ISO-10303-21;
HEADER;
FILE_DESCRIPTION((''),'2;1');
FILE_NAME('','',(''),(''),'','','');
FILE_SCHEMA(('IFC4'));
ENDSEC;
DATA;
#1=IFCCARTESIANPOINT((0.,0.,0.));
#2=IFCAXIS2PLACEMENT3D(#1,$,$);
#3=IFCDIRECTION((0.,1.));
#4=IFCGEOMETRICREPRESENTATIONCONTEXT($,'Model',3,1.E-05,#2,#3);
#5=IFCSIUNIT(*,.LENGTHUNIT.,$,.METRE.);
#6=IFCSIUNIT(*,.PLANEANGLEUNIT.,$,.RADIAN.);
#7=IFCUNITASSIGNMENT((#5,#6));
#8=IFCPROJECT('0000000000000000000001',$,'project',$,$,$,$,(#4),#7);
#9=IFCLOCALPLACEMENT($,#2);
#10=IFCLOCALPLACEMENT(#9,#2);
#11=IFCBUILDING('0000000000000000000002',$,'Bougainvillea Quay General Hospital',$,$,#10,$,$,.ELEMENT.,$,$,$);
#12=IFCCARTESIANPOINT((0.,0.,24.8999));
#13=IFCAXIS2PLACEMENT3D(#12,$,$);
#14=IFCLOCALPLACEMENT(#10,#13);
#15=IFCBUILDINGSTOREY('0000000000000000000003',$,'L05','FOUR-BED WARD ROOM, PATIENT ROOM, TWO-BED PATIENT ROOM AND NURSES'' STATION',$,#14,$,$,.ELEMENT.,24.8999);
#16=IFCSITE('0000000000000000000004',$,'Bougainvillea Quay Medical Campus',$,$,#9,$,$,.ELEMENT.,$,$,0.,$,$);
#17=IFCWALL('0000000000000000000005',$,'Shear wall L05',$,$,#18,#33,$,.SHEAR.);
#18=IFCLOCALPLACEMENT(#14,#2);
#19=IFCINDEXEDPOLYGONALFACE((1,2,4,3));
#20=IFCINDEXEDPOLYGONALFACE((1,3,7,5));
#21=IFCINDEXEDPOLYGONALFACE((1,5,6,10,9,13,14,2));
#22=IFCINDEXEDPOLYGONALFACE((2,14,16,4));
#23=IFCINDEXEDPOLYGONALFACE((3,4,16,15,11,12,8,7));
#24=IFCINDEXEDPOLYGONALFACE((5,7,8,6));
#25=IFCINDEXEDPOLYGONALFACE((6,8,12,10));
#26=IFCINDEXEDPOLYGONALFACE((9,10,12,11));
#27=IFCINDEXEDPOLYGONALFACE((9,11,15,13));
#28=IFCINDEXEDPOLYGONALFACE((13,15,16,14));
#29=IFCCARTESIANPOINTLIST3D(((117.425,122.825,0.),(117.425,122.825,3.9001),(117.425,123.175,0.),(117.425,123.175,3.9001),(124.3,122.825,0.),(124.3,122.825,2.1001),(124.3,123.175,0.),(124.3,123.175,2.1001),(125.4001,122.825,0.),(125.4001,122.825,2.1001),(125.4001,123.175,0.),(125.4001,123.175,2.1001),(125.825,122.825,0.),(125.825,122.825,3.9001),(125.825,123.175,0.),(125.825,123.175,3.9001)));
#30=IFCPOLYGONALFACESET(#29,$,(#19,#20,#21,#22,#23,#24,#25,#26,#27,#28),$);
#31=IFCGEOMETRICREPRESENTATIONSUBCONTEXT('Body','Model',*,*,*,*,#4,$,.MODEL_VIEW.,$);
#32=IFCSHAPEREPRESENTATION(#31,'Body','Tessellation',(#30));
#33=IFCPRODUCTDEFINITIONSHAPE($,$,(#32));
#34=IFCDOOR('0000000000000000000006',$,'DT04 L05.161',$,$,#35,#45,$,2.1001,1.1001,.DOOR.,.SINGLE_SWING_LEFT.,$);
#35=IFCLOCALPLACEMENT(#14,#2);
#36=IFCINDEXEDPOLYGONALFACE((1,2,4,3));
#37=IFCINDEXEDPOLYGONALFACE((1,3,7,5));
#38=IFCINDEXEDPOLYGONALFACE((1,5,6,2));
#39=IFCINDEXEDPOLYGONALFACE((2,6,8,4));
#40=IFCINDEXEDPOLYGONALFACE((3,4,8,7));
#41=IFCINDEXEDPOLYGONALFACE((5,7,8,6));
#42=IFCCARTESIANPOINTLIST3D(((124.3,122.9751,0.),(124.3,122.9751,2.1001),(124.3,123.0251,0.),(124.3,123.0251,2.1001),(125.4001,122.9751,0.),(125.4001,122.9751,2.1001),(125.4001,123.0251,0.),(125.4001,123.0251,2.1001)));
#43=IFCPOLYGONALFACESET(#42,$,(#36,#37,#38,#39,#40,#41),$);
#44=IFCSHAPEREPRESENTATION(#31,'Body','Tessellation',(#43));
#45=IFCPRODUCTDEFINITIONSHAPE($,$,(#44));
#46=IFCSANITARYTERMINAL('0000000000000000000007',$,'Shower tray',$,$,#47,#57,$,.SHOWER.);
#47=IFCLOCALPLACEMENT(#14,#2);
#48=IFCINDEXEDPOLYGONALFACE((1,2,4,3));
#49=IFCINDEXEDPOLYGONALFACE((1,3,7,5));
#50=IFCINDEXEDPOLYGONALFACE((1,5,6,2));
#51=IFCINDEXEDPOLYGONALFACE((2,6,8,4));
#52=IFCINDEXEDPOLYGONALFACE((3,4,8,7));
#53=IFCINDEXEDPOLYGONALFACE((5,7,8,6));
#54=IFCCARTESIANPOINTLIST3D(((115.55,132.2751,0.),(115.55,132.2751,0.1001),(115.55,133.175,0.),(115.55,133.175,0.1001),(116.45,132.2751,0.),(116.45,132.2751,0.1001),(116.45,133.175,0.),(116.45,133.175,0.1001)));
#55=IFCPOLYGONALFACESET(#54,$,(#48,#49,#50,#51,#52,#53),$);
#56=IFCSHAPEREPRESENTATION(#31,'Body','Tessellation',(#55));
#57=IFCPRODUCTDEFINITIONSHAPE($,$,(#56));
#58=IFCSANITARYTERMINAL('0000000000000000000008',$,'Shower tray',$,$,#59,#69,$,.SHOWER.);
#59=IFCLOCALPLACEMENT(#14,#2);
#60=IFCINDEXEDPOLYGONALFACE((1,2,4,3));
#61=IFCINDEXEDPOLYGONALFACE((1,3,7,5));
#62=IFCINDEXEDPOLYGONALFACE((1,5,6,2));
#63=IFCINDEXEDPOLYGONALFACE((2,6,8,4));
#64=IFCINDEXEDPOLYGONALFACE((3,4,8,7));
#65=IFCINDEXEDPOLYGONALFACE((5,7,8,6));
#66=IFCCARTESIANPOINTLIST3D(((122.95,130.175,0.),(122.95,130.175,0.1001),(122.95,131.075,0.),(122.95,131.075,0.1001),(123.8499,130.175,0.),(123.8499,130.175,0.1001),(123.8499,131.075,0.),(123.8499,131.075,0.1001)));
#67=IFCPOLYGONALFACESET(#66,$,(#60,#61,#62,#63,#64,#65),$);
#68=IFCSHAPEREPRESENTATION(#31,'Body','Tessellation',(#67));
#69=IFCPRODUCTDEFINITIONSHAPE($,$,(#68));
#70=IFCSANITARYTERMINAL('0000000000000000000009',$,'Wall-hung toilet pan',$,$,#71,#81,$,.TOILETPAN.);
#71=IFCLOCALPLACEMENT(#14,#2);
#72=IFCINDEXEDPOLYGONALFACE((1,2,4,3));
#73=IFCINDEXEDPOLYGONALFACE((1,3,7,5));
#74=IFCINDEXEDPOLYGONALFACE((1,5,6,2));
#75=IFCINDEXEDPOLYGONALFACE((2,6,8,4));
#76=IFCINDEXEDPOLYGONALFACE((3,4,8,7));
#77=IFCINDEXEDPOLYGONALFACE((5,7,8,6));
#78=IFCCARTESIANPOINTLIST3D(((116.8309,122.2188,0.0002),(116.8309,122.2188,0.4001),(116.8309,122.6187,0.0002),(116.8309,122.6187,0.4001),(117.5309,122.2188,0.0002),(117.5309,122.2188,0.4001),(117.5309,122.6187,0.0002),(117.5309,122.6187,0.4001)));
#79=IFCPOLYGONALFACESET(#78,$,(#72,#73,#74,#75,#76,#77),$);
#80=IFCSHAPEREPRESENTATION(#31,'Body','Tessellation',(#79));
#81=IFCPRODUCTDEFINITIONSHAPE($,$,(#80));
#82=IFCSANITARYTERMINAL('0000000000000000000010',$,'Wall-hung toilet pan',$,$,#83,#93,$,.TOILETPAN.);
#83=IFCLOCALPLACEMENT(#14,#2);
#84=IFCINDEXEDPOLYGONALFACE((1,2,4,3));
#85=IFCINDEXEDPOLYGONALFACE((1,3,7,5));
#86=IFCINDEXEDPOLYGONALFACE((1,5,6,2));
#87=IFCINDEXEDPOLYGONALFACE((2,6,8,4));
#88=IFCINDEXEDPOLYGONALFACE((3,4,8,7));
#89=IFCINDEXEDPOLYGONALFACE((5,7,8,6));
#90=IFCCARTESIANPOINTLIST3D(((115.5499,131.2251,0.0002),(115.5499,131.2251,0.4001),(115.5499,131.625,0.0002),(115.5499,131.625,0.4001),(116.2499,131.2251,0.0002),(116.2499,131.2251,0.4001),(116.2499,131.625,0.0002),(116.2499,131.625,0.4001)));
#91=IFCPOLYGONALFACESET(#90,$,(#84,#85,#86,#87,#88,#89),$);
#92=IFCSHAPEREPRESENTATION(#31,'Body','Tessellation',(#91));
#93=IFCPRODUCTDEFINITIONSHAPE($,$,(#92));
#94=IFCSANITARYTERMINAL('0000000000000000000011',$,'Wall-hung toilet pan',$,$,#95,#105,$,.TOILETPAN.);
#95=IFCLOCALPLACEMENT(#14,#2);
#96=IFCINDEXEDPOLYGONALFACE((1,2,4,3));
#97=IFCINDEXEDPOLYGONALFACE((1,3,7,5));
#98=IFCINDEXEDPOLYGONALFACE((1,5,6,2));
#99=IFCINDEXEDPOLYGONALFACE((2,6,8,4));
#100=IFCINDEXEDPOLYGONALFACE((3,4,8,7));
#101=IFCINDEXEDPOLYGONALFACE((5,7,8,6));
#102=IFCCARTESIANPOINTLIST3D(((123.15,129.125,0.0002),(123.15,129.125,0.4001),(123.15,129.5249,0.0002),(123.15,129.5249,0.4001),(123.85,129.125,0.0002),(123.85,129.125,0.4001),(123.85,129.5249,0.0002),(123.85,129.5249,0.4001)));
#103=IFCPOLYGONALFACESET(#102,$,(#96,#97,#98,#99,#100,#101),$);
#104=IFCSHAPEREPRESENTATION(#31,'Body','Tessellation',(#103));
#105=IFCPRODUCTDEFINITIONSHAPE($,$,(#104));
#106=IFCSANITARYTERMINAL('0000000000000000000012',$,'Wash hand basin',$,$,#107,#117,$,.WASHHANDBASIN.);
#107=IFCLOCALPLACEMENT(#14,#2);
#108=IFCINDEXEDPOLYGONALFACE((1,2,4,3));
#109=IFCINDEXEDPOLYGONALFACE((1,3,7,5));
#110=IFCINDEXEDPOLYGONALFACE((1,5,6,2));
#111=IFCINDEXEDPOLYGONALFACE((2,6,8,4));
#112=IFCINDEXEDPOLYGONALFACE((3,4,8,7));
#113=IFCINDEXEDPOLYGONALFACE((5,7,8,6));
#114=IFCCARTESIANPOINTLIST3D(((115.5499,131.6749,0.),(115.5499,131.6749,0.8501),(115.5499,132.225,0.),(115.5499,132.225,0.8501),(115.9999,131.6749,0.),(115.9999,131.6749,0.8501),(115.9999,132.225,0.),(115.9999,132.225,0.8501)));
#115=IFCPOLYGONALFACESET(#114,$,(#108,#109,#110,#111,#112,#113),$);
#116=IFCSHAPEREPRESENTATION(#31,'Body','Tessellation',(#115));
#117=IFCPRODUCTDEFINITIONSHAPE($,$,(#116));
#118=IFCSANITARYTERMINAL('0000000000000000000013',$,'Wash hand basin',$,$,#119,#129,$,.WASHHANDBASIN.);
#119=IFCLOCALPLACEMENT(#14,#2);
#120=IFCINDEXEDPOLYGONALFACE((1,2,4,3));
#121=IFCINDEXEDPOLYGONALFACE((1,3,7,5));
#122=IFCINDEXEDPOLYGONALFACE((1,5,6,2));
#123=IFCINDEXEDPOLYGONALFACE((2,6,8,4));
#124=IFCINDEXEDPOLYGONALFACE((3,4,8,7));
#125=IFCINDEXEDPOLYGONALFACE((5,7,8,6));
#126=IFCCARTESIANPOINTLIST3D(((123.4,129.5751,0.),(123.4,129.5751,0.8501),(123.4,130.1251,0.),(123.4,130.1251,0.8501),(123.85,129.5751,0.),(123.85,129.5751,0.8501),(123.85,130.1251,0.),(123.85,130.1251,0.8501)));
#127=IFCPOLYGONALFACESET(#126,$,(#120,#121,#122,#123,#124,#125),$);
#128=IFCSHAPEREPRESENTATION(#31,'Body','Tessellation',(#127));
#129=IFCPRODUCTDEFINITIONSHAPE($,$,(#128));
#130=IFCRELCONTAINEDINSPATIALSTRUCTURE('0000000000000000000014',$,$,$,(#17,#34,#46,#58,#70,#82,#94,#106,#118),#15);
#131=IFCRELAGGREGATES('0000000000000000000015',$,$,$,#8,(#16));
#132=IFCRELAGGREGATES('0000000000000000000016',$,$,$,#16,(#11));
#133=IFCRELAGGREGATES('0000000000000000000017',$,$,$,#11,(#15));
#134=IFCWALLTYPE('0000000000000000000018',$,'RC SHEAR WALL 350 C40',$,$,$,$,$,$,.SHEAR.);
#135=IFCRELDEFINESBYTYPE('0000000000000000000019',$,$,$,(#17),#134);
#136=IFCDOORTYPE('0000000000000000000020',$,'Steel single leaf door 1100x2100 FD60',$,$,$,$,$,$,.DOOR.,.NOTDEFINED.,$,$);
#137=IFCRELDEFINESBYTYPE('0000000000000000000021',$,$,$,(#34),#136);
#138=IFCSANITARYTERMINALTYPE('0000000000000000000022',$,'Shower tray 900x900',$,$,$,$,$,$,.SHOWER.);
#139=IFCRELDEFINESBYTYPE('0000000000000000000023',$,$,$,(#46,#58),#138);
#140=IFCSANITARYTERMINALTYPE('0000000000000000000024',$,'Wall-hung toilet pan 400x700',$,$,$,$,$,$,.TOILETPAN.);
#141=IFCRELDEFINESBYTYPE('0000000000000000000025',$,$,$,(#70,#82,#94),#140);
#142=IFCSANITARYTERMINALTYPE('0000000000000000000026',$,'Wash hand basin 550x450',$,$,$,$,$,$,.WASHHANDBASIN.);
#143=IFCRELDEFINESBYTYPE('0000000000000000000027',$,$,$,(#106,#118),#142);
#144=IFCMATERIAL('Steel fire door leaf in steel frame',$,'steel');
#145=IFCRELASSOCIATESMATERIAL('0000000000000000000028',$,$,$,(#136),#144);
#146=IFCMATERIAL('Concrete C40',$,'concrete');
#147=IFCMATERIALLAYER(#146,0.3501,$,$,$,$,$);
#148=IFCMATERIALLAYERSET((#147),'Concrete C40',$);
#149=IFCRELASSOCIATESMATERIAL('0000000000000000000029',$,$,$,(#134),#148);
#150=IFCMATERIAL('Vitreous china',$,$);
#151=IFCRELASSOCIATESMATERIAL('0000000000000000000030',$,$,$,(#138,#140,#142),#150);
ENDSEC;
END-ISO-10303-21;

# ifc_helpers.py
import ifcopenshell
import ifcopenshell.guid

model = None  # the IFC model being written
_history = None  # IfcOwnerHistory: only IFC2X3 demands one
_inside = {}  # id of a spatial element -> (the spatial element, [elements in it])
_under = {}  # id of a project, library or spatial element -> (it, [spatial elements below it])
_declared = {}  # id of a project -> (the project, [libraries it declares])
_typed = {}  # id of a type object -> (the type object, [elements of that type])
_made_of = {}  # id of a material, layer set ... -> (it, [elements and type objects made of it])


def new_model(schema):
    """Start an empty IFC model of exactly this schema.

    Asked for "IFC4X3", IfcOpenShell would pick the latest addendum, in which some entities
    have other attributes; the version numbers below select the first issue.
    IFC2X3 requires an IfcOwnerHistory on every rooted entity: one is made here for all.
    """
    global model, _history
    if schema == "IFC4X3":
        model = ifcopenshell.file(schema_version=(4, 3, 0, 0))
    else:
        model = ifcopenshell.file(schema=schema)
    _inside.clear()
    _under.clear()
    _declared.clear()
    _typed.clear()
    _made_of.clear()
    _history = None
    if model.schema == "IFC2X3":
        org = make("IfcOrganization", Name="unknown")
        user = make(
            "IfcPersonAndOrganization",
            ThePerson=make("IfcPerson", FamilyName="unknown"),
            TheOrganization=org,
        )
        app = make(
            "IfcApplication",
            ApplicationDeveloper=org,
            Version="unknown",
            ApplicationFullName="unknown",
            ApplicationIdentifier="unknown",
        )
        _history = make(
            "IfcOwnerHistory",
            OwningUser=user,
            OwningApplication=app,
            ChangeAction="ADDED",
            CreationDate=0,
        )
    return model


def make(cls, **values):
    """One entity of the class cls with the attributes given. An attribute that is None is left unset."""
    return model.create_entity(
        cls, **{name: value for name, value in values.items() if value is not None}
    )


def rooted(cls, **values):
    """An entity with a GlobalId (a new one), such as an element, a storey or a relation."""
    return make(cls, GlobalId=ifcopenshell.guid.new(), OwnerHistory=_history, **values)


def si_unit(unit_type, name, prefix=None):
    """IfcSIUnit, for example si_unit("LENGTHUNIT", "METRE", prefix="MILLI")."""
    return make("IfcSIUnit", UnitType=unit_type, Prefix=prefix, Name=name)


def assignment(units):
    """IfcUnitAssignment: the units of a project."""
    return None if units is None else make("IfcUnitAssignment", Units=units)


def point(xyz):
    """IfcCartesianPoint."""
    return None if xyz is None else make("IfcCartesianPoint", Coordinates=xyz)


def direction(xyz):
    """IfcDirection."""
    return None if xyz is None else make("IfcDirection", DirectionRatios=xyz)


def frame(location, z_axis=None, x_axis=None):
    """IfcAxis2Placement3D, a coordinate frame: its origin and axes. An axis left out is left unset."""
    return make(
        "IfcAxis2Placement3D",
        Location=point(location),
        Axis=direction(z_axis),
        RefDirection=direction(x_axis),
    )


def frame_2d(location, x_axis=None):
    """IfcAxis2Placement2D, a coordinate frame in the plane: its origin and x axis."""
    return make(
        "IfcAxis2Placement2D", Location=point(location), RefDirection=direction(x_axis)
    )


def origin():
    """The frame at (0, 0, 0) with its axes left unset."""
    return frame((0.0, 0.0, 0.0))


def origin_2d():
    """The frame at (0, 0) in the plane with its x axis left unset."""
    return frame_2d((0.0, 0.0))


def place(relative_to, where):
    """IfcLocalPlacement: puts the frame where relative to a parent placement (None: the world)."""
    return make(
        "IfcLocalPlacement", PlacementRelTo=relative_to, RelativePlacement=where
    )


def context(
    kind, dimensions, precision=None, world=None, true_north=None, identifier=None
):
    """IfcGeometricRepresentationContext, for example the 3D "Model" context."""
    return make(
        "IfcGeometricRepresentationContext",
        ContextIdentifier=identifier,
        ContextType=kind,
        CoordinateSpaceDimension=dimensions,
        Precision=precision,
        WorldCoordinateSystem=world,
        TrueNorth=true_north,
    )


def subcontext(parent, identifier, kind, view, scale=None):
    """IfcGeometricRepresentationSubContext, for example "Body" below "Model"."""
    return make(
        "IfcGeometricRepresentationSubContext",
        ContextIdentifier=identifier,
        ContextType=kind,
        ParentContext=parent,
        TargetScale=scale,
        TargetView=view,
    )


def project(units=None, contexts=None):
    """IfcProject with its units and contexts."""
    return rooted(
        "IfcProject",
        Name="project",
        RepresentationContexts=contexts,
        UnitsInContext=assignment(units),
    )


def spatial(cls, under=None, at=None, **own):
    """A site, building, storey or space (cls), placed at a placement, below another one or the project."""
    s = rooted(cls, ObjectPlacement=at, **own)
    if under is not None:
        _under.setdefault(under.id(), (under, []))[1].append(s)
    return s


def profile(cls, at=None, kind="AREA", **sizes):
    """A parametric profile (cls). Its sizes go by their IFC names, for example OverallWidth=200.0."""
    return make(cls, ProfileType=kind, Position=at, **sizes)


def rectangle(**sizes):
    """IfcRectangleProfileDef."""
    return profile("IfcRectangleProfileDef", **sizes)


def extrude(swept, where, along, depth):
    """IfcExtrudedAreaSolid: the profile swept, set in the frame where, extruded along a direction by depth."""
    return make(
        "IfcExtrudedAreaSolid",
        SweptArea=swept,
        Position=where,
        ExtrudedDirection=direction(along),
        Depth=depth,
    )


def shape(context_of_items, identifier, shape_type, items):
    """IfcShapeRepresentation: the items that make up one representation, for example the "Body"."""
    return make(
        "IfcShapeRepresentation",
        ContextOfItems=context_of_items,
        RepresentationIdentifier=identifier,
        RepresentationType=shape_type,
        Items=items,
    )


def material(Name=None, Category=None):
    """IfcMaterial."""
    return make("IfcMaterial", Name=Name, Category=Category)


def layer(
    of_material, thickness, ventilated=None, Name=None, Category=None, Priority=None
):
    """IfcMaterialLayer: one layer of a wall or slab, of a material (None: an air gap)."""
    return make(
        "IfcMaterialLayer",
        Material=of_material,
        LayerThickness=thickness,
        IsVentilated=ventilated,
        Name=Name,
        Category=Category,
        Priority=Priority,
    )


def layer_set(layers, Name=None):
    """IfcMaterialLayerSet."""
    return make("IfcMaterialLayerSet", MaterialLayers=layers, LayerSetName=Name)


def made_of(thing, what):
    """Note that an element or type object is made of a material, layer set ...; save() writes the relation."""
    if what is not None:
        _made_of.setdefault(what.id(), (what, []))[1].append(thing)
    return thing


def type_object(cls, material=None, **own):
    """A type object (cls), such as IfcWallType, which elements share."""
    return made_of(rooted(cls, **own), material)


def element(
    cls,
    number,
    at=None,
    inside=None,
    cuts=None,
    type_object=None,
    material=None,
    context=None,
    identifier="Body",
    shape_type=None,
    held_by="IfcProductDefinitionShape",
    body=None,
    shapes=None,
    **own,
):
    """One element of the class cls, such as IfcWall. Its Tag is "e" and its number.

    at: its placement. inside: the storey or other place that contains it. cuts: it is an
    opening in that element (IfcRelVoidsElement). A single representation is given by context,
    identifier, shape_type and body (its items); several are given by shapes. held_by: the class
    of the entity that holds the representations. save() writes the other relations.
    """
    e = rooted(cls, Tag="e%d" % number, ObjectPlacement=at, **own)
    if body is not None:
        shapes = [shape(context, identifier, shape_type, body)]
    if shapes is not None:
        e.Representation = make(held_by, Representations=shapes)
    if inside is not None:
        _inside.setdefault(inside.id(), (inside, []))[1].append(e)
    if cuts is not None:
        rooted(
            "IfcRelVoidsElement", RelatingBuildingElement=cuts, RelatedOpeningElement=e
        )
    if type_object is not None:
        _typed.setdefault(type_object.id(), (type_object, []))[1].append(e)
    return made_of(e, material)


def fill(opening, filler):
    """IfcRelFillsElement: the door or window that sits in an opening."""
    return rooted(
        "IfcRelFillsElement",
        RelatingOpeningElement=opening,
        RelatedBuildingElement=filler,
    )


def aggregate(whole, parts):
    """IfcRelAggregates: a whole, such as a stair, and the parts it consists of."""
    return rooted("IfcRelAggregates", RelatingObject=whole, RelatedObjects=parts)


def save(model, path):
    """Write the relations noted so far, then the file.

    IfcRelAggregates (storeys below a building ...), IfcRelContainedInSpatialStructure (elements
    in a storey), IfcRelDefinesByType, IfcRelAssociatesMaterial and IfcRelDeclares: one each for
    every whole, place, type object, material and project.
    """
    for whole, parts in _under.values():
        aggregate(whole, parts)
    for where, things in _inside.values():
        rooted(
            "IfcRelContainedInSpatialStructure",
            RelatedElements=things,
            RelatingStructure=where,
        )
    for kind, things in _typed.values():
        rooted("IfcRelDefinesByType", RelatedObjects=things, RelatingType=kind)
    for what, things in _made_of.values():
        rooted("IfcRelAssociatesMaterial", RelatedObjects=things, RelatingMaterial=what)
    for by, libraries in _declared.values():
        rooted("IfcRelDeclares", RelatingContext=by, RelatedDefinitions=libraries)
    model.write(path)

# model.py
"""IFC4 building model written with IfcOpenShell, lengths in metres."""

from ifc_helpers import new_model, si_unit, direction, frame, frame_2d, origin, origin_2d, place, context, subcontext, project, spatial, rectangle, extrude, material, layer, layer_set, type_object, element, fill, save


model = new_model("IFC4")

# Units and contexts
model_context = context("Model", 3, precision=1e-05, world=origin(), true_north=direction((0.0, 1.0)))
body_context = subcontext(model_context, "Body", "Model", "MODEL_VIEW")
ifc_project = project(units=[si_unit("LENGTHUNIT", "METRE"), si_unit("PLANEANGLEUNIT", "RADIAN")], contexts=[model_context])

# Site, building, storey
site_placement = place(None, origin())
site = spatial("IfcSite", under=ifc_project, at=site_placement, Name="Bougainvillea Quay Medical Campus", CompositionType="ELEMENT", RefElevation=0.0)
building_placement = place(site_placement, origin())
building = spatial("IfcBuilding", under=site, at=building_placement, Name="Bougainvillea Quay General Hospital", CompositionType="ELEMENT")
storey_placement = place(building_placement, frame((0.0, 0.0, 24.8999)))
storey = spatial("IfcBuildingStorey", under=building, at=storey_placement, Name="L05", Description="FOUR-BED WARD ROOM, PATIENT ROOM, TWO-BED PATIENT ROOM AND NURSES' STATION", CompositionType="ELEMENT", Elevation=24.8999)

# Shared definitions
ifc_material_1 = material(Name="Concrete C40", Category="concrete")

# Shared definitions
ifc_material_2 = material(Name="Steel fire door leaf in steel frame", Category="steel")
door_type_1 = type_object("IfcDoorType", Name="Steel single leaf door 1100x2100 FD60", OperationType="NOTDEFINED", PredefinedType="DOOR", material=ifc_material_2)

# Wall, opening, door
ifc_layer_1 = layer(ifc_material_1, 0.3501)
ifc_layer_set_1 = layer_set([ifc_layer_1], Name="Concrete C40")
wall_type_1 = type_object("IfcWallType", Name="RC SHEAR WALL 350 C40", PredefinedType="SHEAR", material=ifc_layer_set_1)
wall_1_placement = place(storey_placement, frame((117.425, 123.0, 0.0), z_axis=(0.0, 0.0, 1.0), x_axis=(1.0, 0.0, 0.0)))
wall_1 = element("IfcWall", 1, at=wall_1_placement, inside=storey, type_object=wall_type_1, Name="Shear wall L05", PredefinedType="SHEAR", context=body_context, shape_type="SweptSolid", body=[
    extrude(rectangle(XDim=8.3999, YDim=0.3501, at=frame_2d((4.2, 0.0))), origin(), (0.0, 0.0, 1.0), 3.9001),
])
opening_1_placement = place(wall_1_placement, frame((6.875, 0.0, 0.0)))
opening_1 = element("IfcOpeningElement", 2, at=opening_1_placement, cuts=wall_1, PredefinedType="OPENING", context=body_context, shape_type="SweptSolid", body=[
    extrude(rectangle(XDim=1.1001, YDim=2.1001, at=frame_2d((0.55, 1.05))), frame((0.0, 0.1851, 0.0), z_axis=(0.0, -1.0, 0.0), x_axis=(1.0, 0.0, 0.0)), (0.0, 0.0, 1.0), 0.3701),
])
door_1_placement = place(opening_1_placement, frame((1.1001, 0.0, 0.0), z_axis=(0.0, 0.0, 1.0), x_axis=(-1.0, 0.0, 0.0)))
door_1 = element("IfcDoor", 3, at=door_1_placement, inside=storey, type_object=door_type_1, Name="DT04 L05.161", OperationType="SINGLE_SWING_LEFT", OverallHeight=2.1001, OverallWidth=1.1001, PredefinedType="DOOR", context=body_context, shape_type="SweptSolid", body=[
    extrude(rectangle(XDim=1.1001, YDim=2.1001, at=frame_2d((0.55, 1.05))), frame((0.0, 0.0249, 0.0), z_axis=(0.0, -1.0, 0.0), x_axis=(1.0, 0.0, 0.0)), (0.0, 0.0, 1.0), 0.05),
])
fill(opening_1, door_1)

# Sanitary terminals
ifc_material_3 = material(Name="Vitreous china")
sanitary_terminal_type_1 = type_object("IfcSanitaryTerminalType", Name="Shower tray 900x900", PredefinedType="SHOWER", material=ifc_material_3)
for number, where, z_axis, x_axis, name in (
    (4, (116.0, 132.7251, 0.0), (0.0, 0.0, 1.0), (0.0, 1.0, 0.0), "Shower tray"),
    (5, (123.3999, 130.625, 0.0), (0.0, 0.0, 1.0), (0.0, -1.0, 0.0), "Shower tray"),
):
    element("IfcSanitaryTerminal", number, at=place(storey_placement, frame(where, z_axis=z_axis, x_axis=x_axis)), inside=storey, type_object=sanitary_terminal_type_1, Name=name, PredefinedType="SHOWER", context=body_context, shape_type="SweptSolid", body=[
        extrude(rectangle(XDim=0.8999, YDim=0.8999, at=origin_2d()), origin(), (0.0, 0.0, 1.0), 0.1001),
    ])
sanitary_terminal_type_2 = type_object("IfcSanitaryTerminalType", Name="Wall-hung toilet pan 400x700", PredefinedType="TOILETPAN", material=ifc_material_3)
for number, where, z_axis, x_axis, name in (
    (6, (117.1809, 122.4187, 0.0002), (0.0, 0.0, 1.0), (0.0, -1.0, 0.0), "Wall-hung toilet pan"),
    (7, (115.8999, 131.425, 0.0002), (0.0, 0.0, 1.0), (0.0, 1.0, 0.0), "Wall-hung toilet pan"),
    (8, (123.5, 129.325, 0.0002), (0.0, 0.0, 1.0), (0.0, -1.0, 0.0), "Wall-hung toilet pan"),
):
    element("IfcSanitaryTerminal", number, at=place(storey_placement, frame(where, z_axis=z_axis, x_axis=x_axis)), inside=storey, type_object=sanitary_terminal_type_2, Name=name, PredefinedType="TOILETPAN", context=body_context, shape_type="SweptSolid", body=[
        extrude(rectangle(XDim=0.3999, YDim=0.7, at=origin_2d()), origin(), (0.0, 0.0, 1.0), 0.3999),
    ])
sanitary_terminal_type_3 = type_object("IfcSanitaryTerminalType", Name="Wash hand basin 550x450", PredefinedType="WASHHANDBASIN", material=ifc_material_3)
for number, where, z_axis, x_axis, name in (
    (9, (115.7749, 131.95, 0.0), (0.0, 0.0, 1.0), (0.0, 1.0, 0.0), "Wash hand basin"),
    (10, (123.625, 129.8501, 0.0), (0.0, 0.0, 1.0), (0.0, -1.0, 0.0), "Wash hand basin"),
):
    element("IfcSanitaryTerminal", number, at=place(storey_placement, frame(where, z_axis=z_axis, x_axis=x_axis)), inside=storey, type_object=sanitary_terminal_type_3, Name=name, PredefinedType="WASHHANDBASIN", context=body_context, shape_type="SweptSolid", body=[
        extrude(rectangle(XDim=0.55, YDim=0.45, at=origin_2d()), origin(), (0.0, 0.0, 1.0), 0.8501),
    ])

save(model, "model.ifc")
